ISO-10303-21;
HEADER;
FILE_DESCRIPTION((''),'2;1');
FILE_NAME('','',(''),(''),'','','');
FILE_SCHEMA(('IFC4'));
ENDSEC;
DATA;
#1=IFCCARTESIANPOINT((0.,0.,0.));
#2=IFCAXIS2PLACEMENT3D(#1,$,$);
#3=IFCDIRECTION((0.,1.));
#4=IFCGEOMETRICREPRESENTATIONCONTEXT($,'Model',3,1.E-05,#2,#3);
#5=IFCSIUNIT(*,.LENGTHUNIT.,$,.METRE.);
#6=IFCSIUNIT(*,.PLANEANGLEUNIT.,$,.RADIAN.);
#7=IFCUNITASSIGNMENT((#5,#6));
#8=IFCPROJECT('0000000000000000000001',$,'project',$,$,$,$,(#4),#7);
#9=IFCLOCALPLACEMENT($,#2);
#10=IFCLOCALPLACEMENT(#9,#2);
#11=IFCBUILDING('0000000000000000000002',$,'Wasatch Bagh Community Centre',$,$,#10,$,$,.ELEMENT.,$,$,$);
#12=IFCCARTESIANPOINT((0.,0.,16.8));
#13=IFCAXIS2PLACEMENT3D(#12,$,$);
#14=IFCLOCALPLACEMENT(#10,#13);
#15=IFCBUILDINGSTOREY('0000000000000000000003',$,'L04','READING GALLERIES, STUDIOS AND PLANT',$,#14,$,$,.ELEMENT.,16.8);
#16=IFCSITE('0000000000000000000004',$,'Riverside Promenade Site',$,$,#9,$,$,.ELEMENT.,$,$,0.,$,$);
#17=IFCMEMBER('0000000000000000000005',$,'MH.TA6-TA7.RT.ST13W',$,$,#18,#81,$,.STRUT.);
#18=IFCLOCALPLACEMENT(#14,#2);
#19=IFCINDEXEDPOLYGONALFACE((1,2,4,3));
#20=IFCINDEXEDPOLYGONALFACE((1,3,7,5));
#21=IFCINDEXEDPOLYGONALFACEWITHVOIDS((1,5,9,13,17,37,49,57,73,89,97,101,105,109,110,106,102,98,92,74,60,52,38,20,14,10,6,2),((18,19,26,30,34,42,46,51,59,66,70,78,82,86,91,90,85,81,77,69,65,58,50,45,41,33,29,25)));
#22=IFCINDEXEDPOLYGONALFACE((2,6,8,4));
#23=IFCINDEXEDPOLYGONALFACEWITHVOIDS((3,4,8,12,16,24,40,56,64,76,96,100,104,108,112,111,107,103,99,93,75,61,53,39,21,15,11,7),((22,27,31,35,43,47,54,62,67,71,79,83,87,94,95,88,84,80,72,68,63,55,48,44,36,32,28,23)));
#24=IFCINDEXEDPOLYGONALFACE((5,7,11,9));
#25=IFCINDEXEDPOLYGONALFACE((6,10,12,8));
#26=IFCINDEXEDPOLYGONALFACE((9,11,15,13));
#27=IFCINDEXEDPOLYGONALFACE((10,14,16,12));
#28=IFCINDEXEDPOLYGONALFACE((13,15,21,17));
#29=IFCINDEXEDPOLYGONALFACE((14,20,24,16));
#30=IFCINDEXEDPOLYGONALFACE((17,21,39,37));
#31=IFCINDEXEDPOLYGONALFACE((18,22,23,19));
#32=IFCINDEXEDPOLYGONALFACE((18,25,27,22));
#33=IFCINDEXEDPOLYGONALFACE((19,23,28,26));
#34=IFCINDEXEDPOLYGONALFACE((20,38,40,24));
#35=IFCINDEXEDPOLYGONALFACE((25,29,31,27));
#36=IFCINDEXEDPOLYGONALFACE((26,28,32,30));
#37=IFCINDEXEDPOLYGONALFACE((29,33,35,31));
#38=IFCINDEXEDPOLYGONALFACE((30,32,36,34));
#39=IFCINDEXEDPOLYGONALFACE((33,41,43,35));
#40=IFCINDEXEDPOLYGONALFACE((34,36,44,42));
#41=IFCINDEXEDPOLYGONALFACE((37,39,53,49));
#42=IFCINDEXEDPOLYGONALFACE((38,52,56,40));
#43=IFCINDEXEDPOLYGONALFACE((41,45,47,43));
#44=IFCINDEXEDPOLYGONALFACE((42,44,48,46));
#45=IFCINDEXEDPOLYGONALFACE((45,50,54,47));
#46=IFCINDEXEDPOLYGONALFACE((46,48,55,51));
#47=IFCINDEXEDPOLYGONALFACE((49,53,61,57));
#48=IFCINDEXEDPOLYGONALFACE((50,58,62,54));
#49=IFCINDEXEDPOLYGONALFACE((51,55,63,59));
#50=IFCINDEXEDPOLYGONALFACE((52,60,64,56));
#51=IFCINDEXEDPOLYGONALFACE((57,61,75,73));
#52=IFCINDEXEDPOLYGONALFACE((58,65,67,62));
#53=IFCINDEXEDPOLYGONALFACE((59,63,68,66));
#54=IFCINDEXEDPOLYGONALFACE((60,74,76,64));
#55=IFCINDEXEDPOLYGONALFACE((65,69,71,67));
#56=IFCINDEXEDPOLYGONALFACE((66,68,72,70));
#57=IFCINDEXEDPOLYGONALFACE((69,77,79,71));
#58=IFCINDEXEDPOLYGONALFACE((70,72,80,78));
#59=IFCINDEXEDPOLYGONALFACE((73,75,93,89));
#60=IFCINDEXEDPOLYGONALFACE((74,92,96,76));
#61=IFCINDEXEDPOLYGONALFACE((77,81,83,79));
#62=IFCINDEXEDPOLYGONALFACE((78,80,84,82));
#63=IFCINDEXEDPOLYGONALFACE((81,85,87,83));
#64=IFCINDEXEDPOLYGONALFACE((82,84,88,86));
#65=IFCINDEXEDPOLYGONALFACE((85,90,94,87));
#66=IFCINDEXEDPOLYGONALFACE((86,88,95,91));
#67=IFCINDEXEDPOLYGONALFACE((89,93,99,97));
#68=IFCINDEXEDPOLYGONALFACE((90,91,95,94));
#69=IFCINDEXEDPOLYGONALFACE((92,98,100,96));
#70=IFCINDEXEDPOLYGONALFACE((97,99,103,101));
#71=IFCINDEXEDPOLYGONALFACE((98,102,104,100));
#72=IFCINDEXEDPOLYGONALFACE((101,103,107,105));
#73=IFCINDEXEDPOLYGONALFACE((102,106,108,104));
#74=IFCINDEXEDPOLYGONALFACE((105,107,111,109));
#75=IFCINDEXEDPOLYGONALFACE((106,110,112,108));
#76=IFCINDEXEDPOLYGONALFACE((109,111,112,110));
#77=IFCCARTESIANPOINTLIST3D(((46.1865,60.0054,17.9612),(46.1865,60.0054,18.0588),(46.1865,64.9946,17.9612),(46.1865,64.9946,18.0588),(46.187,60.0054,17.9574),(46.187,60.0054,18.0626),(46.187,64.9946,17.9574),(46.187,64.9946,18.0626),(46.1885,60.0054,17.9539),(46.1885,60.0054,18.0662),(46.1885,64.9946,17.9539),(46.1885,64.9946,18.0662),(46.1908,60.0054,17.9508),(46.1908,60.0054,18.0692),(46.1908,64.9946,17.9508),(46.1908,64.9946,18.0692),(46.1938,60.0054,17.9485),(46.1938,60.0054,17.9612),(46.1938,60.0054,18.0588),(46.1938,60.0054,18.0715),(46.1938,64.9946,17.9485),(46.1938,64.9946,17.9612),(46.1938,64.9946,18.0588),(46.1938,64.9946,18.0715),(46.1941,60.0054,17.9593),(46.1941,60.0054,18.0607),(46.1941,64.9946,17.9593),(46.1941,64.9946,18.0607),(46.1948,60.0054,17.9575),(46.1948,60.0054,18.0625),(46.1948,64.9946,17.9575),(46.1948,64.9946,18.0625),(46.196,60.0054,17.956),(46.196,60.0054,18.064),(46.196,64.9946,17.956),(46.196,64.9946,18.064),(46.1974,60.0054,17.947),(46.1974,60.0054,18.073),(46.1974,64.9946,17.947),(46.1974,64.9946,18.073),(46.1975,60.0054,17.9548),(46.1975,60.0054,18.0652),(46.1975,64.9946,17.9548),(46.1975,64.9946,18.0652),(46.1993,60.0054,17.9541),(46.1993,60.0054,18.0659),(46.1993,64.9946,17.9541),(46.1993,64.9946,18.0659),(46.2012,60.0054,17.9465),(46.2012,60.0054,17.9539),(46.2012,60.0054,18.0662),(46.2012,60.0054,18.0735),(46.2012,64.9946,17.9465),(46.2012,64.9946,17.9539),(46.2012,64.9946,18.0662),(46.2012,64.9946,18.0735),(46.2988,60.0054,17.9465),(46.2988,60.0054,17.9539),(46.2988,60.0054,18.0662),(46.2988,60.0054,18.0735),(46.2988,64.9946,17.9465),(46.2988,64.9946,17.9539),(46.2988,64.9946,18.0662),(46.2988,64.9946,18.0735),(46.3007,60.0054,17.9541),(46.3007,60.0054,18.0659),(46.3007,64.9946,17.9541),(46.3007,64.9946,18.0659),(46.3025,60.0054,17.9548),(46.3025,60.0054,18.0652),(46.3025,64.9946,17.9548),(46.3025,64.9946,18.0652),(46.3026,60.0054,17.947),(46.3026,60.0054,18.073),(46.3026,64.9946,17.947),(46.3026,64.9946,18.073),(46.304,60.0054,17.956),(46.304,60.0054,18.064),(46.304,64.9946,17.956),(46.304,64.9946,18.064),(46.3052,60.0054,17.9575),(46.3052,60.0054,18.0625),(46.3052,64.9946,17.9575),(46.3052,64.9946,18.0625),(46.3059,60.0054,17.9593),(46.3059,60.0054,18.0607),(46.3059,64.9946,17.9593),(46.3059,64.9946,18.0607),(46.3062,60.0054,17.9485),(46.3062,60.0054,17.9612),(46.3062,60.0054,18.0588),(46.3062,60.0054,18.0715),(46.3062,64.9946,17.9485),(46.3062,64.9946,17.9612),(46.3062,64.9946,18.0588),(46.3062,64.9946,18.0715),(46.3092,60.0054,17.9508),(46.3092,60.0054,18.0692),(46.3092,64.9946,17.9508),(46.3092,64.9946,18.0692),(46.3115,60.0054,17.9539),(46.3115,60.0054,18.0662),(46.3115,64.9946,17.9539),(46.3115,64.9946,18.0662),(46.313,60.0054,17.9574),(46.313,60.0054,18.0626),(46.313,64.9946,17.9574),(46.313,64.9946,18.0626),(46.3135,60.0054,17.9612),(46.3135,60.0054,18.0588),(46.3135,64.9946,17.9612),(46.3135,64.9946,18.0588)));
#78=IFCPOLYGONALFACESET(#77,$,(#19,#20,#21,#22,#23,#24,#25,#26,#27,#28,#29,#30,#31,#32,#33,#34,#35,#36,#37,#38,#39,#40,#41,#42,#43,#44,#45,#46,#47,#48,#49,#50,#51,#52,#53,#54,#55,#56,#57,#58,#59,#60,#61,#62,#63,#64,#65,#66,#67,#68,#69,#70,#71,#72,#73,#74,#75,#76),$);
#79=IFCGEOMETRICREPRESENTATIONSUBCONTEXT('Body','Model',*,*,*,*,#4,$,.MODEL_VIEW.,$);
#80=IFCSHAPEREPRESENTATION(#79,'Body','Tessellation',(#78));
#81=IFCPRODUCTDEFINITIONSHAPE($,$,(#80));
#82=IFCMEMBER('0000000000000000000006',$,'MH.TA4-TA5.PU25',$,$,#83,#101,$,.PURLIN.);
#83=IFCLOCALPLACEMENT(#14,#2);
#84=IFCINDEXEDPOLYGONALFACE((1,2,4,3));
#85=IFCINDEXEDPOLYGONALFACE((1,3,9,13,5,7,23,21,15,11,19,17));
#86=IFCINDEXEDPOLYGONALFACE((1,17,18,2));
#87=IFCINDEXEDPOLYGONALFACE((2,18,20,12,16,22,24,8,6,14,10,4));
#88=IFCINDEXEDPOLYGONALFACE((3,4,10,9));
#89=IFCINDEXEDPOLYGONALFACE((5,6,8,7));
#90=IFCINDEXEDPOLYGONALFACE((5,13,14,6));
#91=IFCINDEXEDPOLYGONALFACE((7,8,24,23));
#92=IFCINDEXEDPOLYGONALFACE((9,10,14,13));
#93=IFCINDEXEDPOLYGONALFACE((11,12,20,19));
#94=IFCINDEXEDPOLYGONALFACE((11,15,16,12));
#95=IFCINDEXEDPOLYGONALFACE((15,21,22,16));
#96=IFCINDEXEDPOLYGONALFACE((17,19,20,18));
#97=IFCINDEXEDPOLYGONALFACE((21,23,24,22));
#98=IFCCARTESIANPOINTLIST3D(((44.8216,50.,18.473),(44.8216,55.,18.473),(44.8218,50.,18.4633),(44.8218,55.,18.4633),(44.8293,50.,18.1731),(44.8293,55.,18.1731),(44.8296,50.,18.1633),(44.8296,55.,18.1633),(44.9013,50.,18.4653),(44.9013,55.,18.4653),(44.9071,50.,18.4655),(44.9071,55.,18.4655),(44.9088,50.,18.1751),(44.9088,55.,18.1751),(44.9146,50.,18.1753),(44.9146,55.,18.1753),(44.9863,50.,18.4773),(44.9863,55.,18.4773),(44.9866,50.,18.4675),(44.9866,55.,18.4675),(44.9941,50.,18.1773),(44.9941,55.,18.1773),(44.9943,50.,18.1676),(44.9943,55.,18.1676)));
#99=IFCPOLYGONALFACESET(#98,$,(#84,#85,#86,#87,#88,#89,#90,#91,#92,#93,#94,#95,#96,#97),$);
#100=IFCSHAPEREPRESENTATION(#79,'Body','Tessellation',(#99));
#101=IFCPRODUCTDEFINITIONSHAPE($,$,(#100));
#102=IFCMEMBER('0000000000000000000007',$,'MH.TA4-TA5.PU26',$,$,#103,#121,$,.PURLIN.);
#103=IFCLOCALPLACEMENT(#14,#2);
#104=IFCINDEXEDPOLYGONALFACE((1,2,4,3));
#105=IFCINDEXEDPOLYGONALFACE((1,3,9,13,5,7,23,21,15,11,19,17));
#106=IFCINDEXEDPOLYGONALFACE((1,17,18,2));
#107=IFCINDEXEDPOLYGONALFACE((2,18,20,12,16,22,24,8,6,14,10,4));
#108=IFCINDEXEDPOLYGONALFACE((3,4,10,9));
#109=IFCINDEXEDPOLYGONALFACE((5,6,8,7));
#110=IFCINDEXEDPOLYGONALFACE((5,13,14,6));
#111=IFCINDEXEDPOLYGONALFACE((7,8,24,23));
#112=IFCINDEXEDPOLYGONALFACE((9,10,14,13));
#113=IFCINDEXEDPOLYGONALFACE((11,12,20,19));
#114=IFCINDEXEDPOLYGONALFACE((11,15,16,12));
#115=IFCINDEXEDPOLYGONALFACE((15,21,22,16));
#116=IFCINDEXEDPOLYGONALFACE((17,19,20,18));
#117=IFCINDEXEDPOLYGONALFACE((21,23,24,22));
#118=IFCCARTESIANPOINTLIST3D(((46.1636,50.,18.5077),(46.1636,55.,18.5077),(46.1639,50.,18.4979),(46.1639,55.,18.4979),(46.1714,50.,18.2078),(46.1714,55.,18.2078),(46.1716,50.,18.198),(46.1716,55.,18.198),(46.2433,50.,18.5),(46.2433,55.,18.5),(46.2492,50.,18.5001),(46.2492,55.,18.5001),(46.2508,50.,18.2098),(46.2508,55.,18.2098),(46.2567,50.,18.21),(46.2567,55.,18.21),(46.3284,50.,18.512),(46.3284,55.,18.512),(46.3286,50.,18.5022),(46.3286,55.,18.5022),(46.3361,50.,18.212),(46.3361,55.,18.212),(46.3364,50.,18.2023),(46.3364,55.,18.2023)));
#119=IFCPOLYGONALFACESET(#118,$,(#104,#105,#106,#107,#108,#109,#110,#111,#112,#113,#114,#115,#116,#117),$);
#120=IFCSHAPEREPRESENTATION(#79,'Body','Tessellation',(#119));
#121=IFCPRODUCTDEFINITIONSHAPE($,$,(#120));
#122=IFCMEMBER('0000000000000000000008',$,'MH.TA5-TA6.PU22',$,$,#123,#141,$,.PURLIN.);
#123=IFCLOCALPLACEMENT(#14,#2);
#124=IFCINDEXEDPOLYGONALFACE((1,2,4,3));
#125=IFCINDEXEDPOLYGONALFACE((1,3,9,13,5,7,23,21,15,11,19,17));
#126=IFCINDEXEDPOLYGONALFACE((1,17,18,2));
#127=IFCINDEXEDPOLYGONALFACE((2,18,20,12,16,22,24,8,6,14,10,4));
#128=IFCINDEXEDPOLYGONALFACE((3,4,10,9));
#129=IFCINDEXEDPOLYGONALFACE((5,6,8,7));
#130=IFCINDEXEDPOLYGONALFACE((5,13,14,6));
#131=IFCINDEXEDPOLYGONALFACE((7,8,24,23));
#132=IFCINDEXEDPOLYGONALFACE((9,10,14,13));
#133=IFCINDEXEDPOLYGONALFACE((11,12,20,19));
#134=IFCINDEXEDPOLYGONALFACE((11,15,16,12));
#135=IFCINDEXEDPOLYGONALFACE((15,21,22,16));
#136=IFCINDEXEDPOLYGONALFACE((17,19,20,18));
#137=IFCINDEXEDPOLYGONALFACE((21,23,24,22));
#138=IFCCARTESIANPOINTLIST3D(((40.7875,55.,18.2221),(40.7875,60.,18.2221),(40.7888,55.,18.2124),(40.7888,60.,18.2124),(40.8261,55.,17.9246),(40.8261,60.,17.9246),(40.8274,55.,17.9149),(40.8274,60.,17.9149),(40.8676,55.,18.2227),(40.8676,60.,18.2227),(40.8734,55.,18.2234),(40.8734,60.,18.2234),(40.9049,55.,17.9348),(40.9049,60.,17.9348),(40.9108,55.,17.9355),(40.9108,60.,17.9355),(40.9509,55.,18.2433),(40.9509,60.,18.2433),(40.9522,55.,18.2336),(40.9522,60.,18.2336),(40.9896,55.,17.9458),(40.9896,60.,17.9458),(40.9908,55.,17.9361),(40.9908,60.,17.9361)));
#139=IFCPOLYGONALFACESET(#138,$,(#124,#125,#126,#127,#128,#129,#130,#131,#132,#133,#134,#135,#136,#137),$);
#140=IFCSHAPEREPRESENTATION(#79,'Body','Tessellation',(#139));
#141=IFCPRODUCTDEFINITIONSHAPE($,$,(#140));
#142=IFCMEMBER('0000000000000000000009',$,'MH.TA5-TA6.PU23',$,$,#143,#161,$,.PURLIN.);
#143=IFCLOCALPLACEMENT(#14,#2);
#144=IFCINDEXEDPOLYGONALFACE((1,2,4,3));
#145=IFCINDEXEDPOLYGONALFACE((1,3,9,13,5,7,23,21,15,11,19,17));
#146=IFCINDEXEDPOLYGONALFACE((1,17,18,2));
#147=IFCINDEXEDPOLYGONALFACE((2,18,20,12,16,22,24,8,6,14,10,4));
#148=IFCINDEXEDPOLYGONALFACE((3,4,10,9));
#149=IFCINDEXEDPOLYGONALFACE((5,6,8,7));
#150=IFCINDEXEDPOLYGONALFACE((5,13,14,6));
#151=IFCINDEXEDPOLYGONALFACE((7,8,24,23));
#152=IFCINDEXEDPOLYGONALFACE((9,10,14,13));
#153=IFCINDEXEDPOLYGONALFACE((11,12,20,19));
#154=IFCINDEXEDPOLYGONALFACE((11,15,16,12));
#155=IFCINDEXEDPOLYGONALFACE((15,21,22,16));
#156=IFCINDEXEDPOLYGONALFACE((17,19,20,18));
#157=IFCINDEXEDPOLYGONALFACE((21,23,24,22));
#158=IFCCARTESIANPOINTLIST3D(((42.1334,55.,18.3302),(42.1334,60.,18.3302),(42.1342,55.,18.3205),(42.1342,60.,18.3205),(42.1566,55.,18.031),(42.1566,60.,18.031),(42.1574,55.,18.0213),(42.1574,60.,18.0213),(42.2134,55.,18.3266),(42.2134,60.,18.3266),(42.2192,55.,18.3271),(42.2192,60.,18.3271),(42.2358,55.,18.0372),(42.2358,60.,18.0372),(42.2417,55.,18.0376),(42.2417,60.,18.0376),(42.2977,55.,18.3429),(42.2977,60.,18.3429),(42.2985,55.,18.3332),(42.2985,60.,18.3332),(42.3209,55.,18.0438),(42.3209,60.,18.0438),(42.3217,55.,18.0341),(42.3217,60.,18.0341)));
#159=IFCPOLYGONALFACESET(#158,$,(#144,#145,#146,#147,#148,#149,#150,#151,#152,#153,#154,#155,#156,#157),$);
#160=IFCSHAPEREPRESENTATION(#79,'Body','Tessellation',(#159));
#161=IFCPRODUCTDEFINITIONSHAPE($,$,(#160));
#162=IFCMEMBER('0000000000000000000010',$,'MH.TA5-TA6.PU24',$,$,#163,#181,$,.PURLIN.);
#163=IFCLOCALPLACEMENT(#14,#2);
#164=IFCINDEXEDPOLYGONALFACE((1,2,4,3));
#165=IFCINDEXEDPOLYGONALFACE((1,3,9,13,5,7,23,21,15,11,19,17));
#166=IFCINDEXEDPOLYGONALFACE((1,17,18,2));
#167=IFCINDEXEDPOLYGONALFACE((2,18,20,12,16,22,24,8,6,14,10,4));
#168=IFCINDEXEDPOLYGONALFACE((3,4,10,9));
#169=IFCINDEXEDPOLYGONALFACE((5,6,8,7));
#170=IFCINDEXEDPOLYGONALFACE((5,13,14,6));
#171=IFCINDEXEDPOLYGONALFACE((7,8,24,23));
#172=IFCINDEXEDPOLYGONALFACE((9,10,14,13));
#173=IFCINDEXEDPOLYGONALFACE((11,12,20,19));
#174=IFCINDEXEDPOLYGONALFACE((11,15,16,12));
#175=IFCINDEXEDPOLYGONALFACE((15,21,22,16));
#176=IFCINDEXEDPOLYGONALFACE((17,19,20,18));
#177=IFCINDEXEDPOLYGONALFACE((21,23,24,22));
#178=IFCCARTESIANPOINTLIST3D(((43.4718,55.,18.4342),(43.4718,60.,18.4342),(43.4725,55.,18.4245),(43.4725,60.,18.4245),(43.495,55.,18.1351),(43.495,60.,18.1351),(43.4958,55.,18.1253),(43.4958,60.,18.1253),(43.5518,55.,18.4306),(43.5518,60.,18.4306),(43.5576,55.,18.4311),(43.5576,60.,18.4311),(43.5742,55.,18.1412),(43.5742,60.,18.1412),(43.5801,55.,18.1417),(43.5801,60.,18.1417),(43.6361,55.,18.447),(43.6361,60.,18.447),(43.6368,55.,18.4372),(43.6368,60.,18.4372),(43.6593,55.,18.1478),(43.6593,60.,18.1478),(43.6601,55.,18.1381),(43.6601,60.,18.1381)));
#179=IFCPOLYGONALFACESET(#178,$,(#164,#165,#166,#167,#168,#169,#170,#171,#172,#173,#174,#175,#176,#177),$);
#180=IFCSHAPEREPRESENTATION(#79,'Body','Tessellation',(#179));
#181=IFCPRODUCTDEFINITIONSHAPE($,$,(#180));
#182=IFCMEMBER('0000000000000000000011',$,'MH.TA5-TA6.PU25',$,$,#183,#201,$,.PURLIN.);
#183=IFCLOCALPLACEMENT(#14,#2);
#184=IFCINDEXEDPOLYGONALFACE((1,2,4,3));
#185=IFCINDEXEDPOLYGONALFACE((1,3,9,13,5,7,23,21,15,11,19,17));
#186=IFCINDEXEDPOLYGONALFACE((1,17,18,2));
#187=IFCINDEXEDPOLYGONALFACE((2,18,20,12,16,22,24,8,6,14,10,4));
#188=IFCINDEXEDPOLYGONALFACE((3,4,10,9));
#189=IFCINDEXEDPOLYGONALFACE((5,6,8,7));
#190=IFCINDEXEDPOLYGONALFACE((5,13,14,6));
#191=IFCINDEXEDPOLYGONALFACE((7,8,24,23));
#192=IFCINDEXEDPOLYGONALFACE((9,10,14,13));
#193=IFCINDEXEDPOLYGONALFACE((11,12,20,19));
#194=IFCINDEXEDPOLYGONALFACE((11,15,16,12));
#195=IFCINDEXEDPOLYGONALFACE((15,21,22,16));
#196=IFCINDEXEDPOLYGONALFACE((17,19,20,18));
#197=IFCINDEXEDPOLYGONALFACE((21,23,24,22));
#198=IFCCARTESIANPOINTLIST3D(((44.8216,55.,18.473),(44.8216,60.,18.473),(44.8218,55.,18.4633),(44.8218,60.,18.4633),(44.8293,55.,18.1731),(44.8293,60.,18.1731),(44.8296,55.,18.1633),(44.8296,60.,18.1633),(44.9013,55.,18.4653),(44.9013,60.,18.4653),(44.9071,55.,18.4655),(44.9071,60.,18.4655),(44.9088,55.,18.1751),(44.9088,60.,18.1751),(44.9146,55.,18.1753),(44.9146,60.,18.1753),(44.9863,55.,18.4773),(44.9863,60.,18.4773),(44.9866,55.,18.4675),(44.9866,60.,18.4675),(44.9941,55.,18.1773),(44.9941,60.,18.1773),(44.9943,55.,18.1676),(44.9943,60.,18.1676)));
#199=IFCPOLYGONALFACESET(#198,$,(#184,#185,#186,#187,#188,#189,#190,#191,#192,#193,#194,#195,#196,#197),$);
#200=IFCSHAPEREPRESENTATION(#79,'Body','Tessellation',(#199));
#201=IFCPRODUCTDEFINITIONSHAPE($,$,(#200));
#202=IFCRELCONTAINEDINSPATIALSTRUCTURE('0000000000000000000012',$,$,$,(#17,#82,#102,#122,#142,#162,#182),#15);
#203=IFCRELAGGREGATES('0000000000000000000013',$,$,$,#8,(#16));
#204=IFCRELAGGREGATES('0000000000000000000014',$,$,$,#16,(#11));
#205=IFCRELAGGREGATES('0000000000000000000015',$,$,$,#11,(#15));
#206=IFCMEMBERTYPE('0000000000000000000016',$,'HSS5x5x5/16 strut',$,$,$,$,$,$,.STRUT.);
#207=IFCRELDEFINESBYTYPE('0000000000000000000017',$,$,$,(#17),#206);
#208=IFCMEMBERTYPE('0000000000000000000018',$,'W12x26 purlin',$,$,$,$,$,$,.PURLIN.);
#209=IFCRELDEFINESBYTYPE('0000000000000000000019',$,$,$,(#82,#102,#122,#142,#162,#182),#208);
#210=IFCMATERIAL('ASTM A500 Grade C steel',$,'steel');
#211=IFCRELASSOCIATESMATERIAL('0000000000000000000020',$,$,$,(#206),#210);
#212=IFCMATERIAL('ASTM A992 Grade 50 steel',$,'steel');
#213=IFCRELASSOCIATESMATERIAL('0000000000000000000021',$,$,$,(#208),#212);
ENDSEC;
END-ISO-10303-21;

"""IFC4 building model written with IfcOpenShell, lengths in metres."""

from ifc_helpers import new_model, si_unit, direction, frame, origin, origin_2d, place, context, subcontext, project, spatial, hollow_rectangle, i_section, extrude, material, material_profile, profile_set, type_object, element, save


model = new_model("IFC4")

# Units and contexts
model_context = context("Model", 3, precision=1e-05, world=origin(), true_north=direction((0.0, 1.0)))
body_context = subcontext(model_context, "Body", "Model", "MODEL_VIEW")
ifc_project = project(units=[si_unit("LENGTHUNIT", "METRE"), si_unit("PLANEANGLEUNIT", "RADIAN")], contexts=[model_context])

# Site, building, storey
site_placement = place(None, origin())
site = spatial("IfcSite", under=ifc_project, at=site_placement, Name="Riverside Promenade Site", CompositionType="ELEMENT", RefElevation=0.0)
building_placement = place(site_placement, origin())
building = spatial("IfcBuilding", under=site, at=building_placement, Name="Wasatch Bagh Community Centre", CompositionType="ELEMENT")
storey_placement = place(building_placement, frame((0.0, 0.0, 16.8)))
storey = spatial("IfcBuildingStorey", under=building, at=storey_placement, Name="L04", Description="READING GALLERIES, STUDIOS AND PLANT", CompositionType="ELEMENT", Elevation=16.8)

# Members
ifc_material_1 = material(Name="ASTM A500 Grade C steel", Category="steel")
ifc_material_profile_1 = material_profile(ifc_material_1, hollow_rectangle(XDim=0.127, YDim=0.127, WallThickness=0.0073, InnerFilletRadius=0.0073, OuterFilletRadius=0.0146, at=origin_2d()), Name="HSS5x5x5/16")
ifc_profile_set_1 = profile_set([ifc_material_profile_1], Name="ASTM A500 Grade C steel")
member_type_1 = type_object("IfcMemberType", Name="HSS5x5x5/16 strut", PredefinedType="STRUT", material=ifc_profile_set_1)
member_1_placement = place(storey_placement, frame((46.25, 60.0054, 18.01), z_axis=(0.0, 1.0, 0.0), x_axis=(-1.0, 0.0, 0.0)))
element("IfcMember", 1, at=member_1_placement, inside=storey, type_object=member_type_1, Name="MH.TA6-TA7.RT.ST13W", PredefinedType="STRUT", context=body_context, shape_type="SweptSolid", body=[
    extrude(hollow_rectangle(XDim=0.127, YDim=0.127, WallThickness=0.0073, InnerFilletRadius=0.0073, OuterFilletRadius=0.0146, at=origin_2d()), origin(), (0.0, 0.0, 1.0), 4.9893),
])
ifc_material_2 = material(Name="ASTM A992 Grade 50 steel", Category="steel")
ifc_material_profile_2 = material_profile(ifc_material_2, i_section(OverallWidth=0.1648, OverallDepth=0.3098, WebThickness=0.0059, FlangeThickness=0.0098, at=origin_2d()), Name="W12x26")
ifc_profile_set_2 = profile_set([ifc_material_profile_2], Name="ASTM A992 Grade 50 steel")
member_type_2 = type_object("IfcMemberType", Name="W12x26 purlin", PredefinedType="PURLIN", material=ifc_profile_set_2)
for number, where, z_axis, x_axis, name in (
    (2, (44.908, 50.0, 18.3203), (0.0, 1.0, 0.0), (-0.999667, 0.0, -0.025817), "MH.TA4-TA5.PU25"),
    (3, (46.25, 50.0, 18.355), (0.0, 1.0, 0.0), (-0.999667, 0.0, -0.025817), "MH.TA4-TA5.PU26"),
    (4, (40.8892, 55.0, 18.0791), (0.0, 1.0, 0.0), (-0.991678, 0.0, -0.12874), "MH.TA5-TA6.PU22"),
    (5, (42.2275, 55.0, 18.1821), (0.0, 1.0, 0.0), (-0.997002, 0.0, -0.077382), "MH.TA5-TA6.PU23"),
    (6, (43.5659, 55.0, 18.2861), (0.0, 1.0, 0.0), (-0.997002, 0.0, -0.077382), "MH.TA5-TA6.PU24"),
    (7, (44.908, 55.0, 18.3203), (0.0, 1.0, 0.0), (-0.999667, 0.0, -0.025817), "MH.TA5-TA6.PU25"),
):
    element("IfcMember", number, at=place(storey_placement, frame(where, z_axis=z_axis, x_axis=x_axis)), inside=storey, type_object=member_type_2, Name=name, PredefinedType="PURLIN", context=body_context, shape_type="SweptSolid", body=[
        extrude(i_section(OverallWidth=0.1648, OverallDepth=0.3098, WebThickness=0.0059, FlangeThickness=0.0098, at=origin_2d()), origin(), (0.0, 0.0, 1.0), 5.0),
    ])

save(model, "model.ifc")
